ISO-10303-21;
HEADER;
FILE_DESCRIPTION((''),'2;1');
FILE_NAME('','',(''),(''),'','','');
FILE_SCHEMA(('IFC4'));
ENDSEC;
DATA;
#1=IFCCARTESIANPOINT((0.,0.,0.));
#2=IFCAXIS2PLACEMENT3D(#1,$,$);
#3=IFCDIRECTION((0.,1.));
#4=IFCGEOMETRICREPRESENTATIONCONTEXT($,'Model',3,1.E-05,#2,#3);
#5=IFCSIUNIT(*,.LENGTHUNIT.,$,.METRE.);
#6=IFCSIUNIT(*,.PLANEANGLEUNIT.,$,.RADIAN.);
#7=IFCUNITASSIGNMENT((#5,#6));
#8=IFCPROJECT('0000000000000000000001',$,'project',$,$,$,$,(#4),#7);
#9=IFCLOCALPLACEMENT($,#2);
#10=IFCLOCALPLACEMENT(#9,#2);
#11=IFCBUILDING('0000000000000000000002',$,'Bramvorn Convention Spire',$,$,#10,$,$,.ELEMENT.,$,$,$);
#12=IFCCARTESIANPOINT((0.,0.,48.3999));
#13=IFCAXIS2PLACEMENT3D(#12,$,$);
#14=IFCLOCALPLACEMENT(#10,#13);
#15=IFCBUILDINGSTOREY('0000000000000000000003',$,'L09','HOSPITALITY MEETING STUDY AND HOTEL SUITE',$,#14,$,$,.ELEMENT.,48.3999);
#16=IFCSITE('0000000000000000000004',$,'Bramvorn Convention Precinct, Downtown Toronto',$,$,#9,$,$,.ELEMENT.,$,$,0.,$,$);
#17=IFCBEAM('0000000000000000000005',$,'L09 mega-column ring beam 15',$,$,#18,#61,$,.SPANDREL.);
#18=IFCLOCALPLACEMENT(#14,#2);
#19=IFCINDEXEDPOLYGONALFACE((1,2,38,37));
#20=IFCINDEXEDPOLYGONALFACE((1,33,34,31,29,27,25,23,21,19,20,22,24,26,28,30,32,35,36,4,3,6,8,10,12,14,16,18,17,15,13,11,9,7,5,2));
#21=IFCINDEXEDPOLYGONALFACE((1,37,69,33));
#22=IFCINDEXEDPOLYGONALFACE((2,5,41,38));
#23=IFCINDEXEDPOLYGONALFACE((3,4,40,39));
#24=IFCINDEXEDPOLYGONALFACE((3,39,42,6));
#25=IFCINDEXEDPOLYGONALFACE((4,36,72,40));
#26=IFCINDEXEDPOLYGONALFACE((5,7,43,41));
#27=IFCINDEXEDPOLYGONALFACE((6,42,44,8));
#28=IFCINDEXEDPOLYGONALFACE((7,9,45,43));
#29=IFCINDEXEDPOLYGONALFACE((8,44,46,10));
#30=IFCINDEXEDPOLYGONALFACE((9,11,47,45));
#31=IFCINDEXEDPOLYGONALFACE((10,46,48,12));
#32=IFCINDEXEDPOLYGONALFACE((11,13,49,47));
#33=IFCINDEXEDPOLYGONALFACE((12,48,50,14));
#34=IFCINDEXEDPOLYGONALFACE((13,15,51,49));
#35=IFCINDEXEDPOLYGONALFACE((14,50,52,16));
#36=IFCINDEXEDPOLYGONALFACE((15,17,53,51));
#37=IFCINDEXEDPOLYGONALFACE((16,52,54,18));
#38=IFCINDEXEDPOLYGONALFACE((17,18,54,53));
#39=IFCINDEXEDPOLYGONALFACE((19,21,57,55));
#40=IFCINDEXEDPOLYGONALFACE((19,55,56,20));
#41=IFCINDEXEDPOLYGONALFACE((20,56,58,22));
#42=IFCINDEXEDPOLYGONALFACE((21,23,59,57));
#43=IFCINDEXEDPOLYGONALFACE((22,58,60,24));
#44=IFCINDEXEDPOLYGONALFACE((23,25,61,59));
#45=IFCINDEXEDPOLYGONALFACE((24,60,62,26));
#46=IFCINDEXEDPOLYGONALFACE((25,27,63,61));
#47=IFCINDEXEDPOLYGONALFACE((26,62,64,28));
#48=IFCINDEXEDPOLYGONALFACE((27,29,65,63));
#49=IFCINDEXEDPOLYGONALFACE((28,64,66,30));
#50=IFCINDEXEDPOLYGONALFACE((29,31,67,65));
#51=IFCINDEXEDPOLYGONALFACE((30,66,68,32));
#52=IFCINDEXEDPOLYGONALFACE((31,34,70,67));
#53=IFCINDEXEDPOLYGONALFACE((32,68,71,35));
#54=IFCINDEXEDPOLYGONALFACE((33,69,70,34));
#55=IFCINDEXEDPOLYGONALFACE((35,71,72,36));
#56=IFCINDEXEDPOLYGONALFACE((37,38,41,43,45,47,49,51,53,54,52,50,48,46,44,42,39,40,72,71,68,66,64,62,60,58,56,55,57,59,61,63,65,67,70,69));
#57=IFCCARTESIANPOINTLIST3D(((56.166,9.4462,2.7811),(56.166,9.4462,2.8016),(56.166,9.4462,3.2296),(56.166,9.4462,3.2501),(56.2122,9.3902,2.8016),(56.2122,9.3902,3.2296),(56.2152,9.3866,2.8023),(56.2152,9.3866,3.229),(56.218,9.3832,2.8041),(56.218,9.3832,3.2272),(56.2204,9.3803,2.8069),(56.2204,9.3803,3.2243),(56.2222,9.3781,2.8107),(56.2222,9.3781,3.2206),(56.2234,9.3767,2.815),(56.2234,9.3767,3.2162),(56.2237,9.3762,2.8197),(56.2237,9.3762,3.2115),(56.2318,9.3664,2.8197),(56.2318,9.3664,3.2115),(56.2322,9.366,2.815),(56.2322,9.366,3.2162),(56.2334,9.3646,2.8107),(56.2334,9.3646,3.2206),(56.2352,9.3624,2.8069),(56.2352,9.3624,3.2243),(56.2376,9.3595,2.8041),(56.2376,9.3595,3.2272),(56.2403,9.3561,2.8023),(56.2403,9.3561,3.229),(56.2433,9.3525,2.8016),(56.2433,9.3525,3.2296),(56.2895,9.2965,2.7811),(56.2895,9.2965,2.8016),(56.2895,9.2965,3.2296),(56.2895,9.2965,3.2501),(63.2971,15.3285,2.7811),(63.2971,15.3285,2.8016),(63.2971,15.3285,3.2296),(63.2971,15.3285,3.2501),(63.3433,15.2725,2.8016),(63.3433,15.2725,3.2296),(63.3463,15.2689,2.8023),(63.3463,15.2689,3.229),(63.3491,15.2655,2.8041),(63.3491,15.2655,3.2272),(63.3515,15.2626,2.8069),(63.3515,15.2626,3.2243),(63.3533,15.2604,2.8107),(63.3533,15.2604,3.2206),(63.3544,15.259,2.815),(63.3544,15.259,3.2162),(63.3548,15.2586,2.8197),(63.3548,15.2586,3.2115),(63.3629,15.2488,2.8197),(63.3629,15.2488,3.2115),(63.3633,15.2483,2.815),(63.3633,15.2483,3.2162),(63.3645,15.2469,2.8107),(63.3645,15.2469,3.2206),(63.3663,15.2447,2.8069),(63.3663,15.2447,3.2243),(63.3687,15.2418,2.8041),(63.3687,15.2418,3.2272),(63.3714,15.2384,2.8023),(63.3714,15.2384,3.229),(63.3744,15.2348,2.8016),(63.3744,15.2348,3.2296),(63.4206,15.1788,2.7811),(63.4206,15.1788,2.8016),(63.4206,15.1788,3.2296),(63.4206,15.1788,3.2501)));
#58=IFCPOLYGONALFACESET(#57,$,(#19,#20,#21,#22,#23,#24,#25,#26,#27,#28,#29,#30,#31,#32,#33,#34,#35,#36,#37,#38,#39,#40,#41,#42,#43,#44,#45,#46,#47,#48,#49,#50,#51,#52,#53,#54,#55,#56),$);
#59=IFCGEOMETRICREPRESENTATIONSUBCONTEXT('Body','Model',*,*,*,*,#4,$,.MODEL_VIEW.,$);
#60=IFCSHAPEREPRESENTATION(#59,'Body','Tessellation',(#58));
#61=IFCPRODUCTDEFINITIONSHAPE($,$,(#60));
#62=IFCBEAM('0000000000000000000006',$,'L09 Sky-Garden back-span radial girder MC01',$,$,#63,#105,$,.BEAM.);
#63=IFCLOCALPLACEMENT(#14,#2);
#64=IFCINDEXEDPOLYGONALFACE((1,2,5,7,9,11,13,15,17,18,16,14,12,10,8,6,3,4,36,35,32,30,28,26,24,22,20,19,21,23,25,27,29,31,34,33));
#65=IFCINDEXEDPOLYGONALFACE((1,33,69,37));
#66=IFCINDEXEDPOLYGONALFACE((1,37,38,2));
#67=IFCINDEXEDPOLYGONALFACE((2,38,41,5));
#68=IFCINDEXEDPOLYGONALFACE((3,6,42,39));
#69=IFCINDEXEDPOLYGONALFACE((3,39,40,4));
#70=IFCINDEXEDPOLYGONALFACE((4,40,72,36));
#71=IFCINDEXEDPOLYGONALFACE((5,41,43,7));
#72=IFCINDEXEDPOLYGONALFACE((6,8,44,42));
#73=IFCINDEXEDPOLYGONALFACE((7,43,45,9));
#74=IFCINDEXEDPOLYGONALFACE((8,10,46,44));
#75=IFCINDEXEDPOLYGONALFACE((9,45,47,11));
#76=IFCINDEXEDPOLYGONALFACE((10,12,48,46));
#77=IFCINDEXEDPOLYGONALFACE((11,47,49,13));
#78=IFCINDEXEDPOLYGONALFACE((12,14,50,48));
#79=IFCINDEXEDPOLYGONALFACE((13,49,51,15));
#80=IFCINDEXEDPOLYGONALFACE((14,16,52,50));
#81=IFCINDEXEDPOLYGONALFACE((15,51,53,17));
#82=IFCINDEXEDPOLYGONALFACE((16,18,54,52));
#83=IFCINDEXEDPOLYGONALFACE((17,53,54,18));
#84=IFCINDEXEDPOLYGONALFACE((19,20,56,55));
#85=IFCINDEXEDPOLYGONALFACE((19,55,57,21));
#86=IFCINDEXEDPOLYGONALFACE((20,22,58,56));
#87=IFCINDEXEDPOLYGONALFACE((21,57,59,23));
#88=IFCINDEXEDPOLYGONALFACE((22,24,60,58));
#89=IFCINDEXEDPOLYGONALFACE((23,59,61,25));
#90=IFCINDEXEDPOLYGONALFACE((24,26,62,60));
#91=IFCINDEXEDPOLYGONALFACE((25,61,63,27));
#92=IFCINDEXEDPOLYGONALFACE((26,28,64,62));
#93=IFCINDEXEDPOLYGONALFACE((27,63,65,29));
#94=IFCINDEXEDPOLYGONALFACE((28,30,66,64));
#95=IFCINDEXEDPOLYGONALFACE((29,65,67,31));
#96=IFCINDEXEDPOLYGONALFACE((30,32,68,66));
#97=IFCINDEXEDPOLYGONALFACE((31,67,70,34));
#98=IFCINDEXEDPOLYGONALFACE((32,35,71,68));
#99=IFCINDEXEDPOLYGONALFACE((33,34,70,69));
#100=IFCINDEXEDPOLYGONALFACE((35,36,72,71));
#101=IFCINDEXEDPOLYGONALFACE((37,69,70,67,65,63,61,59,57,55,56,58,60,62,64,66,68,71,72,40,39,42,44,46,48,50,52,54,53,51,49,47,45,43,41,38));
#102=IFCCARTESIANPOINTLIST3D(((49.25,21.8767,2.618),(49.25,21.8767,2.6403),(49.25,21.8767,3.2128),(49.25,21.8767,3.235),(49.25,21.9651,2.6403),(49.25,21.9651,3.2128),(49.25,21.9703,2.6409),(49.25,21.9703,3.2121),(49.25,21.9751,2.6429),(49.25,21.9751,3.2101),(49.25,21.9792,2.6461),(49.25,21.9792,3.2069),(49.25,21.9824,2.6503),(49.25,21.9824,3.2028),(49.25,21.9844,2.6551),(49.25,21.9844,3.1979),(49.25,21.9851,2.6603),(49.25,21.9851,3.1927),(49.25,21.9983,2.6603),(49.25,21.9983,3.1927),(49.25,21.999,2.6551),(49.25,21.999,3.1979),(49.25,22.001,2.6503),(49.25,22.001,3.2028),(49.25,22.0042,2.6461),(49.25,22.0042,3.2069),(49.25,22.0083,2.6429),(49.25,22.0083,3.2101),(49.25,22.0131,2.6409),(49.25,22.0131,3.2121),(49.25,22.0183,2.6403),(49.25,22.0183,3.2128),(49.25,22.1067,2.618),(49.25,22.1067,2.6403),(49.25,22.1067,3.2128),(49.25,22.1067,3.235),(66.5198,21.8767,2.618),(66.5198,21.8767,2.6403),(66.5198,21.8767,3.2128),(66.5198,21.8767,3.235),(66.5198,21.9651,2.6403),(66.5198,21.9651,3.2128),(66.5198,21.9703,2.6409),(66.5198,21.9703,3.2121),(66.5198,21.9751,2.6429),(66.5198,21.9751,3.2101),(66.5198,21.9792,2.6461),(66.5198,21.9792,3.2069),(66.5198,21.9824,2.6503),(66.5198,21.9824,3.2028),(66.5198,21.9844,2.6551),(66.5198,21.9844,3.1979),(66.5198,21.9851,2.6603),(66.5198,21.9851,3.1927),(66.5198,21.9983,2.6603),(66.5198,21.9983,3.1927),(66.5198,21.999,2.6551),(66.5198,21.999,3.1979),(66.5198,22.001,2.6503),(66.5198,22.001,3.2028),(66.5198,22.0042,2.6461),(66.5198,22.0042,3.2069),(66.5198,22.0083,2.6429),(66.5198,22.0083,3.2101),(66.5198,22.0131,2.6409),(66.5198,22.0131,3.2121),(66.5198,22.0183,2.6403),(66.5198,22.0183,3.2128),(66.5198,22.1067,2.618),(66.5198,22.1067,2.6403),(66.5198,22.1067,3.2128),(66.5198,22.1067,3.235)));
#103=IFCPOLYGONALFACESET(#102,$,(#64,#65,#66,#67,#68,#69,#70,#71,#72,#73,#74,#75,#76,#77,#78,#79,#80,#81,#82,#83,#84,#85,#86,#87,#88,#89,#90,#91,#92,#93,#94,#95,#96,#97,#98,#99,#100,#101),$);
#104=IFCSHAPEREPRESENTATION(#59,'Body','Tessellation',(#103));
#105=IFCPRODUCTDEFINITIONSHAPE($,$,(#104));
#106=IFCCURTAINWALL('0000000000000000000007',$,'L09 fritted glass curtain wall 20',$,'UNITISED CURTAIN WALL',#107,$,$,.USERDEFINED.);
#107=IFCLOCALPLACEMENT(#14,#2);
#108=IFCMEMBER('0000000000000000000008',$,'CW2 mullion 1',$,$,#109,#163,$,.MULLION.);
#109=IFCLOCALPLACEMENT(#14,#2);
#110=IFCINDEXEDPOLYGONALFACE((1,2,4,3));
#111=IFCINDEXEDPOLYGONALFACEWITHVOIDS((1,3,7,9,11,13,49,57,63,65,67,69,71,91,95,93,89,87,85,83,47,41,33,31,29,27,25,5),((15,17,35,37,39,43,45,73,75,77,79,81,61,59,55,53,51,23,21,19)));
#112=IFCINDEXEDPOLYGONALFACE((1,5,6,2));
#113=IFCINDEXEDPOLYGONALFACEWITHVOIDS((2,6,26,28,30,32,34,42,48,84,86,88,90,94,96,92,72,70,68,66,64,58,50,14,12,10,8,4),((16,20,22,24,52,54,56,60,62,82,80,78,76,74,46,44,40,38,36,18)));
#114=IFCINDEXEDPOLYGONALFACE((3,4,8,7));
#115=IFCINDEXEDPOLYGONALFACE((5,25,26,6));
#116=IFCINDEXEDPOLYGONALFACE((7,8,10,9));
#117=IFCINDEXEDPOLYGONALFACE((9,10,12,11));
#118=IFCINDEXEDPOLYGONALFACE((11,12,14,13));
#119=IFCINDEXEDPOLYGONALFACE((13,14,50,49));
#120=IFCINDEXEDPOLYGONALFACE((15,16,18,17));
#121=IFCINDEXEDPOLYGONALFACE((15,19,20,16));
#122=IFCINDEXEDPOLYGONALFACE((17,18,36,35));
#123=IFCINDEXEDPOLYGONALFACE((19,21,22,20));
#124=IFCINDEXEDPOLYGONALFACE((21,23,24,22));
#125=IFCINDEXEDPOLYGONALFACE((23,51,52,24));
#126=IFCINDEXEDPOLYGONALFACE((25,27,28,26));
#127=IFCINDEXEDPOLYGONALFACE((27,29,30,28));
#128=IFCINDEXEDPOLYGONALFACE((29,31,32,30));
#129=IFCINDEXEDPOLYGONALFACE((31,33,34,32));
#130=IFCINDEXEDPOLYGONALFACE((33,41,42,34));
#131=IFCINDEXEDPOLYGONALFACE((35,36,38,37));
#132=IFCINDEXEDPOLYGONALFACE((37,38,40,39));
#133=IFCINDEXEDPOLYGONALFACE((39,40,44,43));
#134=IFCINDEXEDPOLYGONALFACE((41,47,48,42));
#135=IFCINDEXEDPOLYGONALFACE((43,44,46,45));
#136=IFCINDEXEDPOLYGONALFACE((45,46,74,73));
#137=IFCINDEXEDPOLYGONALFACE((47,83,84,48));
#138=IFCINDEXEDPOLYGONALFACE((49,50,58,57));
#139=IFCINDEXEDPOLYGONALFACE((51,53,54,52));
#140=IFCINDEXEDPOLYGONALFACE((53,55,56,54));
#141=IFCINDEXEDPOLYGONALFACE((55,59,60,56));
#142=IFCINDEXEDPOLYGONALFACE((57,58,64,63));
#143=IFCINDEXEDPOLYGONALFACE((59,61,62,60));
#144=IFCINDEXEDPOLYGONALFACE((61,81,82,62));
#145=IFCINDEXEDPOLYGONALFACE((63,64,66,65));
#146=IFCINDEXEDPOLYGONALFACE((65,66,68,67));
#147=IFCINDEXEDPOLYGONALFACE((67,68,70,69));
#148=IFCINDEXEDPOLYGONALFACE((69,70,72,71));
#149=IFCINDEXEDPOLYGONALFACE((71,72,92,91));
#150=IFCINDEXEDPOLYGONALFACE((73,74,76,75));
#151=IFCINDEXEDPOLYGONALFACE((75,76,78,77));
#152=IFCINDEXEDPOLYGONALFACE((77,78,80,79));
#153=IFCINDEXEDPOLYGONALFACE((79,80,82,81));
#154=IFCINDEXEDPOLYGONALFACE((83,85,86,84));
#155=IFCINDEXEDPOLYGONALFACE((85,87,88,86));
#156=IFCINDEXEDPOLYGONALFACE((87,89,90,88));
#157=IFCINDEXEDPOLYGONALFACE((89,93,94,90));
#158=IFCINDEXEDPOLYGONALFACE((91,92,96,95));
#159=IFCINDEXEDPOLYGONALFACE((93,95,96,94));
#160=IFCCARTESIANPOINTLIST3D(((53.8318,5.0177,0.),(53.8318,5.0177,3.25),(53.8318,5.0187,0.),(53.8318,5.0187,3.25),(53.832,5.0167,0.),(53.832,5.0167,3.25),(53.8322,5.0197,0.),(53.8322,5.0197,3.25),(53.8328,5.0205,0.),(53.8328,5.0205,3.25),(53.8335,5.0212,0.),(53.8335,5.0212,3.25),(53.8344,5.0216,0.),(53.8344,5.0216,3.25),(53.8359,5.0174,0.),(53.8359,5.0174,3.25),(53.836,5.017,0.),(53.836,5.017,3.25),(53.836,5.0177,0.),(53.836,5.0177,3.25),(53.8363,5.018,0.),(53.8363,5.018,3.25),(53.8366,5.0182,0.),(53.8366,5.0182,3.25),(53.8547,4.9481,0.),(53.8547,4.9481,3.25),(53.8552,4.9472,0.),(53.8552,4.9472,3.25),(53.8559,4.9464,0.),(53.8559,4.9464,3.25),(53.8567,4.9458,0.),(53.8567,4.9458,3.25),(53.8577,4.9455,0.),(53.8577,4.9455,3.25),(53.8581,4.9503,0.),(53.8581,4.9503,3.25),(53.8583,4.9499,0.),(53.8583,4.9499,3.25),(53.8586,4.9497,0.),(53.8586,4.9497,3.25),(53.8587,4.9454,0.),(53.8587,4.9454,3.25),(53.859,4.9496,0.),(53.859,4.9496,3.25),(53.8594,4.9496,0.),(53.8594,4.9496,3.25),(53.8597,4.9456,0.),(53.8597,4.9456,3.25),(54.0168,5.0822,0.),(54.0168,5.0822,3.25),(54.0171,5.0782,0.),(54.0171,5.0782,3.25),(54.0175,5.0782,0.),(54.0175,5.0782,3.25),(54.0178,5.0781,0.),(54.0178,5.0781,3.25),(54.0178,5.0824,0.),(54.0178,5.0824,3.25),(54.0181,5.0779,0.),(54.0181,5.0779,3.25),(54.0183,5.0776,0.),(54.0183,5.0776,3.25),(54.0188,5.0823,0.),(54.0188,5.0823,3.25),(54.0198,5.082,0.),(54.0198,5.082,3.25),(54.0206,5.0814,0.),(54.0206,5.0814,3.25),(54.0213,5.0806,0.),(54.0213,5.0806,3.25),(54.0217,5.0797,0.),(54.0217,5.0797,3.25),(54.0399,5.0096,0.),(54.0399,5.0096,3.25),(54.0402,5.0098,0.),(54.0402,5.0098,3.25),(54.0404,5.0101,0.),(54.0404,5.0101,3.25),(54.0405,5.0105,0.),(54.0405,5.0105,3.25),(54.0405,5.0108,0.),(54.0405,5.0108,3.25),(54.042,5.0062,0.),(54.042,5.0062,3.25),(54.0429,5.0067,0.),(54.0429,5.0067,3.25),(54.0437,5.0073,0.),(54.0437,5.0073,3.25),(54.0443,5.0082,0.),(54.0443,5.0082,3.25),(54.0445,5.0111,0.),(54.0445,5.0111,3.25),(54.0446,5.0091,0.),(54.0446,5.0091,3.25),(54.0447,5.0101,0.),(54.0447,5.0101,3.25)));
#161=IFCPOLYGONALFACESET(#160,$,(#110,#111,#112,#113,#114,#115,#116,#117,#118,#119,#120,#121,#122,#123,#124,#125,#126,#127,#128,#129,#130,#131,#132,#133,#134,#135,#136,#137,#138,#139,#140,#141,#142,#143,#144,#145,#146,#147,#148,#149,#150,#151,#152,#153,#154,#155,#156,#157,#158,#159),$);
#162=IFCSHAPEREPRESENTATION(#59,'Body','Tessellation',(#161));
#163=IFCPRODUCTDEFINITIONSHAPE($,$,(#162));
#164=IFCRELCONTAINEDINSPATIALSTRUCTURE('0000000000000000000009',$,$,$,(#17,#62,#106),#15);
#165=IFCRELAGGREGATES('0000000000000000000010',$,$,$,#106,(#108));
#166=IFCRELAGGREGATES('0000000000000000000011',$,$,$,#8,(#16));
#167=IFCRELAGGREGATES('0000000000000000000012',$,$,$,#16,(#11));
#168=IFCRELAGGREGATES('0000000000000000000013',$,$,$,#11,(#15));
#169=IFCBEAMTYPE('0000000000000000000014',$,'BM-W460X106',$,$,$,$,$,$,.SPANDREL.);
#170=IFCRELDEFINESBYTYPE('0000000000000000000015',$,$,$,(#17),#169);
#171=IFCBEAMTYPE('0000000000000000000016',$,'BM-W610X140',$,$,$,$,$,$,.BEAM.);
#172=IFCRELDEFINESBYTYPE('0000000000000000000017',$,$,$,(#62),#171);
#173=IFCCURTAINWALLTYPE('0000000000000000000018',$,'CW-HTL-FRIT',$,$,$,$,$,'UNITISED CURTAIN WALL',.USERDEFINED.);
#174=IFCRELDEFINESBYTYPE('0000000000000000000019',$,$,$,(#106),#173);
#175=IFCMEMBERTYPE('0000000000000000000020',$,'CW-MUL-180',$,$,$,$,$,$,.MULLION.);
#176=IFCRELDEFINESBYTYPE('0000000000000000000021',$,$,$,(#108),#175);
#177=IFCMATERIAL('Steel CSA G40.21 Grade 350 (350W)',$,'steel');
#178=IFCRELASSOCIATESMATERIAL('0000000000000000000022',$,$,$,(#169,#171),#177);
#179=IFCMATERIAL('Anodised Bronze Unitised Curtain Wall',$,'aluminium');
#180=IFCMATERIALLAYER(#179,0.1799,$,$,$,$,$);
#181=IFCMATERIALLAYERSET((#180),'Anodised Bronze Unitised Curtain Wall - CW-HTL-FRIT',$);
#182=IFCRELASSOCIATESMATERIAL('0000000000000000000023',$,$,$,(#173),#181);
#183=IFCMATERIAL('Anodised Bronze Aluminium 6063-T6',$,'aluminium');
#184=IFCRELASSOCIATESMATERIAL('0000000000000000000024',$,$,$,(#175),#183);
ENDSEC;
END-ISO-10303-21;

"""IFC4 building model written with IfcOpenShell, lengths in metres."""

from ifc_helpers import new_model, si_unit, direction, frame, origin, origin_2d, place, context, subcontext, project, spatial, hollow_rectangle, i_section, extrude, material, layer, layer_set, material_profile, profile_set, type_object, element, aggregate, save


model = new_model("IFC4")

# Units and contexts
model_context = context("Model", 3, precision=1e-05, world=origin(), true_north=direction((0.0, 1.0)))
body_context = subcontext(model_context, "Body", "Model", "MODEL_VIEW")
ifc_project = project(units=[si_unit("LENGTHUNIT", "METRE"), si_unit("PLANEANGLEUNIT", "RADIAN")], contexts=[model_context])

# Site, building, storey
site_placement = place(None, origin())
site = spatial("IfcSite", under=ifc_project, at=site_placement, Name="Bramvorn Convention Precinct, Downtown Toronto", CompositionType="ELEMENT", RefElevation=0.0)
building_placement = place(site_placement, origin())
building = spatial("IfcBuilding", under=site, at=building_placement, Name="Bramvorn Convention Spire", CompositionType="ELEMENT")
storey_placement = place(building_placement, frame((0.0, 0.0, 48.3999)))
storey = spatial("IfcBuildingStorey", under=building, at=storey_placement, Name="L09", Description="HOSPITALITY MEETING STUDY AND HOTEL SUITE", CompositionType="ELEMENT", Elevation=48.3999)

# Shared definitions
ifc_material_1 = material(Name="Steel CSA G40.21 Grade 350 (350W)", Category="steel")

# Beams
ifc_material_profile_1 = material_profile(ifc_material_1, i_section(OverallWidth=0.1941, OverallDepth=0.469, WebThickness=0.0127, FlangeThickness=0.0205, FilletRadius=0.0181, at=origin_2d()))
ifc_profile_set_1 = profile_set([ifc_material_profile_1], Name="Steel CSA G40.21 Grade 350 (350W) - W460X106")
beam_type_1 = type_object("IfcBeamType", Name="BM-W460X106", PredefinedType="SPANDREL", material=ifc_profile_set_1)
beam_1_placement = place(storey_placement, frame((56.2278, 9.3713, 3.0156), z_axis=(0.771418, 0.636329, 0.0), x_axis=(-0.636329, 0.771418, 0.0)))
element("IfcBeam", 1, at=beam_1_placement, inside=storey, type_object=beam_type_1, Name="L09 mega-column ring beam 15", PredefinedType="SPANDREL", context=body_context, shape_type="SweptSolid", body=[
    extrude(i_section(OverallWidth=0.1941, OverallDepth=0.469, WebThickness=0.0127, FlangeThickness=0.0205, FilletRadius=0.0181, at=origin_2d()), origin(), (0.0, 0.0, 1.0), 9.2441),
])
ifc_material_profile_2 = material_profile(ifc_material_1, i_section(OverallWidth=0.23, OverallDepth=0.6169, WebThickness=0.0132, FlangeThickness=0.0222, FilletRadius=0.02, at=origin_2d()))
ifc_profile_set_2 = profile_set([ifc_material_profile_2], Name="Steel CSA G40.21 Grade 350 (350W) - W610X140")
beam_type_2 = type_object("IfcBeamType", Name="BM-W610X140", PredefinedType="BEAM", material=ifc_profile_set_2)
beam_2_placement = place(storey_placement, frame((49.25, 21.9917, 2.9265), z_axis=(1.0, 0.0, 0.0), x_axis=(0.0, 1.0, 0.0)))
element("IfcBeam", 2, at=beam_2_placement, inside=storey, type_object=beam_type_2, Name="L09 Sky-Garden back-span radial girder MC01", PredefinedType="BEAM", context=body_context, shape_type="SweptSolid", body=[
    extrude(i_section(OverallWidth=0.23, OverallDepth=0.6169, WebThickness=0.0132, FlangeThickness=0.0222, FilletRadius=0.02, at=origin_2d()), origin(), (0.0, 0.0, 1.0), 17.2698),
])

# Curtain wall, member
ifc_material_2 = material(Name="Anodised Bronze Unitised Curtain Wall", Category="aluminium")
ifc_layer_1 = layer(ifc_material_2, 0.1799)
ifc_layer_set_1 = layer_set([ifc_layer_1], Name="Anodised Bronze Unitised Curtain Wall - CW-HTL-FRIT")
curtain_wall_type = type_object("IfcCurtainWallType", Name="CW-HTL-FRIT", ElementType="UNITISED CURTAIN WALL", PredefinedType="USERDEFINED", material=ifc_layer_set_1)
curtain_wall_1_placement = place(storey_placement, origin())
curtain_wall_1 = element("IfcCurtainWall", 3, at=curtain_wall_1_placement, inside=storey, type_object=curtain_wall_type, Name="L09 fritted glass curtain wall 20", ObjectType="UNITISED CURTAIN WALL", PredefinedType="USERDEFINED")
ifc_material_3 = material(Name="Anodised Bronze Aluminium 6063-T6", Category="aluminium")
ifc_material_profile_3 = material_profile(ifc_material_3, hollow_rectangle(XDim=0.0801, YDim=0.2, WallThickness=0.0039, InnerFilletRadius=0.001, OuterFilletRadius=0.0039, at=origin_2d()))
ifc_profile_set_3 = profile_set([ifc_material_profile_3], Name="Anodised Bronze Aluminium 6063-T6 - CWM80X200")
member_type_1 = type_object("IfcMemberType", Name="CW-MUL-180", PredefinedType="MULLION", material=ifc_profile_set_3)
member_1_placement = place(storey_placement, frame((53.9382, 5.0139, 0.0), z_axis=(0.0, 0.0, 1.0), x_axis=(0.315255, -0.949007, 0.0)))
member_1 = element("IfcMember", 4, at=member_1_placement, type_object=member_type_1, Name="CW2 mullion 1", PredefinedType="MULLION", context=body_context, shape_type="SweptSolid", body=[
    extrude(hollow_rectangle(XDim=0.0801, YDim=0.2, WallThickness=0.0039, InnerFilletRadius=0.001, OuterFilletRadius=0.0039, at=origin_2d()), origin(), (0.0, 0.0, 1.0), 3.25),
])

aggregate(curtain_wall_1, [member_1])

save(model, "model.ifc")
